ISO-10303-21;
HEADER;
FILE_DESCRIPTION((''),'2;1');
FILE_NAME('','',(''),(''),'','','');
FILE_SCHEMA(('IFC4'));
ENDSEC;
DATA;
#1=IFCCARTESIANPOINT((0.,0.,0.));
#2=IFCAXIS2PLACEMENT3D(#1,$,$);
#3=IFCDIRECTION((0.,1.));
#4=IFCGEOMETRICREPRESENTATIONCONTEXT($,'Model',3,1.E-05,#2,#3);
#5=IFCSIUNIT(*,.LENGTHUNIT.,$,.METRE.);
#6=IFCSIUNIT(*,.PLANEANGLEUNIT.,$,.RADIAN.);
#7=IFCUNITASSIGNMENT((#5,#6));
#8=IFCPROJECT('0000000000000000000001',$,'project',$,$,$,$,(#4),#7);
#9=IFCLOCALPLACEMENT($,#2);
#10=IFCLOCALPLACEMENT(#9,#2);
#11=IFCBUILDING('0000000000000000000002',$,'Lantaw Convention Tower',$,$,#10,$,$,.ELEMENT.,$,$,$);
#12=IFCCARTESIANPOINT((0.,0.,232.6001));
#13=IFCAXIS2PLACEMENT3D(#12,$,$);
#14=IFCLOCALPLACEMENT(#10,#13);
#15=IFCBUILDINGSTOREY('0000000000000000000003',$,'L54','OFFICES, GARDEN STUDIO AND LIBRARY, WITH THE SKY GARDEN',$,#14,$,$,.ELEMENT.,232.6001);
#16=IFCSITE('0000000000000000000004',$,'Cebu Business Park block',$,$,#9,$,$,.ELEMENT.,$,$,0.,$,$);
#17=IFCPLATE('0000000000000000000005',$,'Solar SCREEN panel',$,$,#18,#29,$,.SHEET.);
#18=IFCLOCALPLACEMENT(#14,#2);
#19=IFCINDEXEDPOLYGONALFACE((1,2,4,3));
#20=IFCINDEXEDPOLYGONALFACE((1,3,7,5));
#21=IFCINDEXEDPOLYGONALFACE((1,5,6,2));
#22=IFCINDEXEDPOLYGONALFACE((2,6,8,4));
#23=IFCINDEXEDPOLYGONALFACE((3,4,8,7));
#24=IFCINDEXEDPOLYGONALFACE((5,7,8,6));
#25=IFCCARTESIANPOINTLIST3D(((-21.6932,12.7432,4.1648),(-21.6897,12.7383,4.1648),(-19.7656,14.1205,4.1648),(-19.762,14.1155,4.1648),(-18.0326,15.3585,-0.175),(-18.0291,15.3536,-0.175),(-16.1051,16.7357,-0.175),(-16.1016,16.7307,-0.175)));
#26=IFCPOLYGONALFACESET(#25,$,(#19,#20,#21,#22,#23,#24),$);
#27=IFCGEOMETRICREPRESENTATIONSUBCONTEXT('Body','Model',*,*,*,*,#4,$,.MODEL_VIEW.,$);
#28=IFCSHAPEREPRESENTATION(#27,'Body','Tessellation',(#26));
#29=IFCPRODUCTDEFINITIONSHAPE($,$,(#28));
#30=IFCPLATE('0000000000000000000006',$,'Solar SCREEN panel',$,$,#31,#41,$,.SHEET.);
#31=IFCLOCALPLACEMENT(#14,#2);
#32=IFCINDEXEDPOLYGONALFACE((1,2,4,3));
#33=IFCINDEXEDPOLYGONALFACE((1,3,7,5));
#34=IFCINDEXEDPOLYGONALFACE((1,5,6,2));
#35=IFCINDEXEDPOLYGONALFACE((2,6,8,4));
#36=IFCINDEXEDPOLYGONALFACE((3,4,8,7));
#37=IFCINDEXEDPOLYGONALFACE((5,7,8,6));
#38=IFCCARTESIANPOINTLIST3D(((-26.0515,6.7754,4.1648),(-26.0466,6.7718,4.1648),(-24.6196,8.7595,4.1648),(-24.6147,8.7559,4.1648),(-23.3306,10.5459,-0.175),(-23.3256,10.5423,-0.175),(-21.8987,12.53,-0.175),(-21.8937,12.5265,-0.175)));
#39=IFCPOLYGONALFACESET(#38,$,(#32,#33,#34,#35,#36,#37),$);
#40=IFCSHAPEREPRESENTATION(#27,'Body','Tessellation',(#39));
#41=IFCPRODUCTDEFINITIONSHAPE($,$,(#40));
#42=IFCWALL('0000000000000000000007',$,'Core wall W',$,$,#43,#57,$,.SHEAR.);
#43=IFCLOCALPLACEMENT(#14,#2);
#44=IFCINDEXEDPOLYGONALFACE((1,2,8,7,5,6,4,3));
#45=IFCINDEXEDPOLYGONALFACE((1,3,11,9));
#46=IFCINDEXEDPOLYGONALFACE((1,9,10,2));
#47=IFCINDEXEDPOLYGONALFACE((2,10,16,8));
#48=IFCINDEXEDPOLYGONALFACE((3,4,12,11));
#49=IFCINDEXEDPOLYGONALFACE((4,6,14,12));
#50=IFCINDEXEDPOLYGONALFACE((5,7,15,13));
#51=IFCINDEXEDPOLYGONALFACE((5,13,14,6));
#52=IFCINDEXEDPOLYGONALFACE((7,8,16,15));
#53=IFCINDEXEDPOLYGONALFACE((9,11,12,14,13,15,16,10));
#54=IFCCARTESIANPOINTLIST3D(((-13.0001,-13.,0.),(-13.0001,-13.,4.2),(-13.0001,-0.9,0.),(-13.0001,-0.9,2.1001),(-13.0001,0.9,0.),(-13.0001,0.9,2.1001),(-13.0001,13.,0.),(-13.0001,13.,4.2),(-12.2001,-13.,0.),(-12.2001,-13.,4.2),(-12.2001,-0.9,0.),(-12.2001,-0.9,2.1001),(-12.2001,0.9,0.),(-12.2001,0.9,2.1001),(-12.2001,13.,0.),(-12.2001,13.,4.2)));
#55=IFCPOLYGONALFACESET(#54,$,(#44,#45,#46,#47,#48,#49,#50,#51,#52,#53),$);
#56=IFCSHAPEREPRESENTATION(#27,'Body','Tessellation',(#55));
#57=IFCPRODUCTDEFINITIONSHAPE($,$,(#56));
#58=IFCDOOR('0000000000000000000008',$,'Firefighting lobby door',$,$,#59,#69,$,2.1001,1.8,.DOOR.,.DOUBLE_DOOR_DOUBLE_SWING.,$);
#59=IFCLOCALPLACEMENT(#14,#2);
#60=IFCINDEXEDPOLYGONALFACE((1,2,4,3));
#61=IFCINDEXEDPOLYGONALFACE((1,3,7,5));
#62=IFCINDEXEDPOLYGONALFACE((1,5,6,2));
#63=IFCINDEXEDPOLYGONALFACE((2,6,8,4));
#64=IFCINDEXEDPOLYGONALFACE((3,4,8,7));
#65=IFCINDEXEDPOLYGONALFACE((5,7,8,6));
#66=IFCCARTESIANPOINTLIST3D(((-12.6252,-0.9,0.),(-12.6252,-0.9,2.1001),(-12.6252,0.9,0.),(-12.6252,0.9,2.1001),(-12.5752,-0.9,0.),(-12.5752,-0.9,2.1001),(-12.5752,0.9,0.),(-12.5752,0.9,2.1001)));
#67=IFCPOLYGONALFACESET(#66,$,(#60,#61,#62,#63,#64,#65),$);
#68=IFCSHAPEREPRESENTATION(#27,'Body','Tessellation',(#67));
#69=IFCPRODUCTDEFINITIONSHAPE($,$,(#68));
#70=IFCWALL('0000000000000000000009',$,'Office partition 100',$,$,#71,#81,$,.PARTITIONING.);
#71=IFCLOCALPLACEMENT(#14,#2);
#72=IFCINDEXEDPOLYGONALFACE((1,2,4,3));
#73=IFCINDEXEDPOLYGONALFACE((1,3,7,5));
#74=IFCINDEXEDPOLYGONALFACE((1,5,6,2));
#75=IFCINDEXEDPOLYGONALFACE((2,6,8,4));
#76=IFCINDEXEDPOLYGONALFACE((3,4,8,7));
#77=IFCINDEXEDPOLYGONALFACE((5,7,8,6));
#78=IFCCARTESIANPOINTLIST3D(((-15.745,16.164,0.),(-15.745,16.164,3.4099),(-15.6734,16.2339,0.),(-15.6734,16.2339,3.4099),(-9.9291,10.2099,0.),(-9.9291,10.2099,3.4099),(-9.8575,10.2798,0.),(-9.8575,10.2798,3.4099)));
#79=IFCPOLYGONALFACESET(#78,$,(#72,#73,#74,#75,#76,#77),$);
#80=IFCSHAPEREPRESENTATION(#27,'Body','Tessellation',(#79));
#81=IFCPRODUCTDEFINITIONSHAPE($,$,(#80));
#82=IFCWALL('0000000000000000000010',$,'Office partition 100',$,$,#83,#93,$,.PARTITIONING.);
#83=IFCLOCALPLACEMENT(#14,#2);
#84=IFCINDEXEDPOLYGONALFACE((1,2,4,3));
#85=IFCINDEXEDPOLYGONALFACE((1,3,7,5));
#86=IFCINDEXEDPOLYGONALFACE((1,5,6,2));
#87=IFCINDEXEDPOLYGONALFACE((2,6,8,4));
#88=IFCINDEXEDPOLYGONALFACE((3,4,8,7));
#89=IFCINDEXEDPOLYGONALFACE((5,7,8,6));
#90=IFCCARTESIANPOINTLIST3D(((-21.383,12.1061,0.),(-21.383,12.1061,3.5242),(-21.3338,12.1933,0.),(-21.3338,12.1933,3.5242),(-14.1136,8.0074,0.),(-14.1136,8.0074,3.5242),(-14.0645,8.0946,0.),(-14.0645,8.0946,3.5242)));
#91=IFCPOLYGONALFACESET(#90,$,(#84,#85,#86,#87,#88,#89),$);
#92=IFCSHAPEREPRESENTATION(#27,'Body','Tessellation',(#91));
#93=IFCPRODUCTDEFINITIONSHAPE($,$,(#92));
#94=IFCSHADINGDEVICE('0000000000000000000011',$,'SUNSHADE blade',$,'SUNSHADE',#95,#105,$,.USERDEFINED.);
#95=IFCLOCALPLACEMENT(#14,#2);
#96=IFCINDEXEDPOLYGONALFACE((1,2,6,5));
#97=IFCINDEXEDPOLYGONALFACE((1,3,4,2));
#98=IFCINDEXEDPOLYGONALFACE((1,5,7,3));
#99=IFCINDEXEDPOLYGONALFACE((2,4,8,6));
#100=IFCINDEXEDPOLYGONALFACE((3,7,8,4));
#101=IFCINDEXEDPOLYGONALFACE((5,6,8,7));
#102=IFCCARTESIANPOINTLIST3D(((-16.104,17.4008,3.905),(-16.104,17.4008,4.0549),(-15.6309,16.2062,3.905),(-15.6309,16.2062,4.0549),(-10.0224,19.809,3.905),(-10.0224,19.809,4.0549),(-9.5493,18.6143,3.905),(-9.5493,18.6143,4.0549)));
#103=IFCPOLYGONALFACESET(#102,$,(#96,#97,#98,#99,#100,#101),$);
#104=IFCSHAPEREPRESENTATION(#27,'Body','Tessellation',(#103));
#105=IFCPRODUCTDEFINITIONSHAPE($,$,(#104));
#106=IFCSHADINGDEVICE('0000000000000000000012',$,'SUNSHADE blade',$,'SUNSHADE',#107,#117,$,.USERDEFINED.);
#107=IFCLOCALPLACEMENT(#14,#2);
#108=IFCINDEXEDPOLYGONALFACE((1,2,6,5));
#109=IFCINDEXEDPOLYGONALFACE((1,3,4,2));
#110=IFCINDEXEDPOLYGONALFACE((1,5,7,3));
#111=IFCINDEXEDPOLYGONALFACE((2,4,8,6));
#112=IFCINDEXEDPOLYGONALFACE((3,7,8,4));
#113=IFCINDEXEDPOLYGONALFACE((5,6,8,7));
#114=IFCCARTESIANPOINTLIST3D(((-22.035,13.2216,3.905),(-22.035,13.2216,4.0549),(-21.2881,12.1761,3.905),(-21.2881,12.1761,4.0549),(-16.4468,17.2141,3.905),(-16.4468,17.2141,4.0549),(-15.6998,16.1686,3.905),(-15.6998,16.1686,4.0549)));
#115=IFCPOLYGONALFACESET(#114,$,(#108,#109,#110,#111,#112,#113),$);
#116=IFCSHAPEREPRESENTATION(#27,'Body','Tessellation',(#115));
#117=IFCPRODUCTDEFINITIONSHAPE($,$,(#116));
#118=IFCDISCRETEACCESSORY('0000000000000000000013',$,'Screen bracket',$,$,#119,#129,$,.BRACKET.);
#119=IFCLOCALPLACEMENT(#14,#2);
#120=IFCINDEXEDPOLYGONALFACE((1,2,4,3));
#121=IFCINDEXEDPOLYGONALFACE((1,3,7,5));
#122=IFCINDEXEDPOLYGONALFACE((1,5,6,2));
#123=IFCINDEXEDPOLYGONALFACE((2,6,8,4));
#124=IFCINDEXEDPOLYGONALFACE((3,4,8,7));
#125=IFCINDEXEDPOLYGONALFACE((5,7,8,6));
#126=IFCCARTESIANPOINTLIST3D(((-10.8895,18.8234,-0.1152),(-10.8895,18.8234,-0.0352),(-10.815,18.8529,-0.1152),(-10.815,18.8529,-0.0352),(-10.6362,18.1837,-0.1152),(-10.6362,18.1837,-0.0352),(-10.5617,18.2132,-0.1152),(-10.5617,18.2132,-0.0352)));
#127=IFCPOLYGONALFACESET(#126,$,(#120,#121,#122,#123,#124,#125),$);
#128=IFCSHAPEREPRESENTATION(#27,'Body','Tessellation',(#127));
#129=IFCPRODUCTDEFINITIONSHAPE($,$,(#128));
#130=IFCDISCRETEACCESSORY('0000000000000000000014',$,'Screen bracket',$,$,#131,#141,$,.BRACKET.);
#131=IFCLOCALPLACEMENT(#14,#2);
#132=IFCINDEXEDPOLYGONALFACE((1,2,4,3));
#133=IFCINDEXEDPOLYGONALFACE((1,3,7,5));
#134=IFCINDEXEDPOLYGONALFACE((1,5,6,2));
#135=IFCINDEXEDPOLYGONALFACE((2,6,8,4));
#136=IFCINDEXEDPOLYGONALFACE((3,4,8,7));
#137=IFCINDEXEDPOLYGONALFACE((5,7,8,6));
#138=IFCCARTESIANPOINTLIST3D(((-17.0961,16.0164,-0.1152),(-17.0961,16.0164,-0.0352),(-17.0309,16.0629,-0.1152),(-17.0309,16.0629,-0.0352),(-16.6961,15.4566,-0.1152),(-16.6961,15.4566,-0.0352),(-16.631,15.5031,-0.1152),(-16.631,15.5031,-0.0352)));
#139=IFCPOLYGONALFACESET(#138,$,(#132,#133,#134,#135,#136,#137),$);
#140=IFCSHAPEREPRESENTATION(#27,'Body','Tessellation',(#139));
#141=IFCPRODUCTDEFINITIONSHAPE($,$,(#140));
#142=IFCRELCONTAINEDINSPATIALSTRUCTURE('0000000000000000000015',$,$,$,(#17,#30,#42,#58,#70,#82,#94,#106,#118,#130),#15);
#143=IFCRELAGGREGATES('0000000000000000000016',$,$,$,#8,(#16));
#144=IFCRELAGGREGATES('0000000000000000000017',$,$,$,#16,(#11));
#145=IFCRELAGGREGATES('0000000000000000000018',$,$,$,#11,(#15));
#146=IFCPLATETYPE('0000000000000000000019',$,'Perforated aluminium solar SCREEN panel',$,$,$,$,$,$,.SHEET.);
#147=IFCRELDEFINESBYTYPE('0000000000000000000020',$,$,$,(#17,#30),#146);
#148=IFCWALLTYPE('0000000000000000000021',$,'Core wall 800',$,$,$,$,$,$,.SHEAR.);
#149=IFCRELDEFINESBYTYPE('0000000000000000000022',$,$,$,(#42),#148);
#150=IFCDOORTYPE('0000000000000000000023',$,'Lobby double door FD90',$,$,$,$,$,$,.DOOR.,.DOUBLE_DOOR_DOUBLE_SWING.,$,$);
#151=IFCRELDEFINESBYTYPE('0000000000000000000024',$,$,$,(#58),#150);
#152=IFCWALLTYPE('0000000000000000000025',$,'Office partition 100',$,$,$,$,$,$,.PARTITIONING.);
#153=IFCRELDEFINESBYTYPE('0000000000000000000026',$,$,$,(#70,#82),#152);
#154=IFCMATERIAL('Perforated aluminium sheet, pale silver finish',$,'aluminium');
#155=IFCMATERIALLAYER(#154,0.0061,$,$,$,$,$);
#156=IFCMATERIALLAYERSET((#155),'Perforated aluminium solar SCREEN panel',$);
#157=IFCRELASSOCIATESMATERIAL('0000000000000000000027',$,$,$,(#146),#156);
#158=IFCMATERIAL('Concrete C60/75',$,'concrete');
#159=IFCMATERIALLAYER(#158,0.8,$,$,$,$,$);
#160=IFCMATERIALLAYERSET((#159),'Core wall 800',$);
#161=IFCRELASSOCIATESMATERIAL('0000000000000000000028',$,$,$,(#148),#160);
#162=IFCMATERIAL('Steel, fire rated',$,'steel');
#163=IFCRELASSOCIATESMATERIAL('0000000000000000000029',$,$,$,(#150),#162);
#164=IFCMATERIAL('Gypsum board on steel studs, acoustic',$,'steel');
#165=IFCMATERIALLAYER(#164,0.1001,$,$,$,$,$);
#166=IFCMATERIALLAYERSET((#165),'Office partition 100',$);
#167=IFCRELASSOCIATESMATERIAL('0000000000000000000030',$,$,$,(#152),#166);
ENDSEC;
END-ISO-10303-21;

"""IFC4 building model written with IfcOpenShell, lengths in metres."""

from ifc_helpers import new_model, si_unit, direction, frame, frame_2d, origin, origin_2d, place, context, subcontext, project, spatial, polyline, rectangle, outline, extrude, material, layer, layer_set, type_object, element, fill, save


model = new_model("IFC4")

# Units and contexts
model_context = context("Model", 3, precision=1e-05, world=origin(), true_north=direction((0.0, 1.0)))
body_context = subcontext(model_context, "Body", "Model", "MODEL_VIEW")
ifc_project = project(units=[si_unit("LENGTHUNIT", "METRE"), si_unit("PLANEANGLEUNIT", "RADIAN")], contexts=[model_context])

# Site, building, storey
site_placement = place(None, origin())
site = spatial("IfcSite", under=ifc_project, at=site_placement, Name="Cebu Business Park block", CompositionType="ELEMENT", RefElevation=0.0)
building_placement = place(site_placement, origin())
building = spatial("IfcBuilding", under=site, at=building_placement, Name="Lantaw Convention Tower", CompositionType="ELEMENT")
storey_placement = place(building_placement, frame((0.0, 0.0, 232.6001)))
storey = spatial("IfcBuildingStorey", under=building, at=storey_placement, Name="L54", Description="OFFICES, GARDEN STUDIO AND LIBRARY, WITH THE SKY GARDEN", CompositionType="ELEMENT", Elevation=232.6001)

# Shared definitions
ifc_material_1 = material(Name="Concrete C60/75", Category="concrete")

# Plates
ifc_material_2 = material(Name="Perforated aluminium sheet, pale silver finish", Category="aluminium")
ifc_layer_1 = layer(ifc_material_2, 0.0061)
ifc_layer_set_1 = layer_set([ifc_layer_1], Name="Perforated aluminium solar SCREEN panel")
plate_type_1 = type_object("IfcPlateType", Name="Perforated aluminium solar SCREEN panel", PredefinedType="SHEET", material=ifc_layer_set_1)
plate_1_placement = place(storey_placement, frame((-16.1016, 16.7307, -0.175), z_axis=(0.581331, -0.813667, 0.00001), x_axis=(-0.813667, -0.581331, 0.0)))
element("IfcPlate", 1, at=plate_1_placement, inside=storey, type_object=plate_type_1, Name="Solar SCREEN panel", PredefinedType="SHEET", context=body_context, shape_type="SweptSolid", body=[
    extrude(outline(polyline([(0.0, 0.0), (2.3689, 0.0), (6.8678, -4.3398), (4.4987, -4.3398), (0.0, 0.0)])), origin(), (0.0, 0.0, -1.0), 0.0061),
])
plate_2_placement = place(storey_placement, frame((-21.8987, 12.53, -0.175), z_axis=(-0.810892, 0.585195, 0.00002), x_axis=(-0.585195, -0.810892, 0.0)))
element("IfcPlate", 2, at=plate_2_placement, inside=storey, type_object=plate_type_1, Name="Solar SCREEN panel", PredefinedType="SHEET", context=body_context, shape_type="SweptSolid", body=[
    extrude(outline(polyline([(0.0, 0.0), (2.4468, 0.0), (7.0966, 4.3398), (4.6498, 4.3398), (0.0, 0.0)])), origin(), (0.0, 0.0, -1.0), 0.0061),
])

# Wall, opening, door
ifc_layer_2 = layer(ifc_material_1, 0.8)
ifc_layer_set_2 = layer_set([ifc_layer_2], Name="Core wall 800")
wall_type_1 = type_object("IfcWallType", Name="Core wall 800", PredefinedType="SHEAR", material=ifc_layer_set_2)
wall_1_placement = place(storey_placement, frame((-12.6001, 13.0, 0.0), z_axis=(0.0, 0.0, 1.0), x_axis=(0.0, -1.0, 0.0)))
wall_1 = element("IfcWall", 3, at=wall_1_placement, inside=storey, type_object=wall_type_1, Name="Core wall W", PredefinedType="SHEAR", context=body_context, shape_type="SweptSolid", body=[
    extrude(rectangle(XDim=26.0, YDim=0.8, at=frame_2d((13.0, 0.0))), origin(), (0.0, 0.0, 1.0), 4.2),
])
opening_placement = place(wall_1_placement, frame((12.1001, 0.0, 0.0)))
opening = element("IfcOpeningElement", 4, at=opening_placement, cuts=wall_1, PredefinedType="OPENING", context=body_context, shape_type="SweptSolid", body=[
    extrude(rectangle(XDim=1.8, YDim=2.1001, at=frame_2d((0.8999, 1.05))), frame((0.0, 0.4099, 0.0), z_axis=(0.0, -1.0, 0.0), x_axis=(1.0, 0.0, 0.0)), (0.0, 0.0, 1.0), 0.8201),
])
ifc_material_3 = material(Name="Steel, fire rated", Category="steel")
door_type = type_object("IfcDoorType", Name="Lobby double door FD90", OperationType="DOUBLE_DOOR_DOUBLE_SWING", PredefinedType="DOOR", material=ifc_material_3)
door_placement = place(opening_placement, origin())
door = element("IfcDoor", 5, at=door_placement, inside=storey, type_object=door_type, Name="Firefighting lobby door", OperationType="DOUBLE_DOOR_DOUBLE_SWING", OverallHeight=2.1001, OverallWidth=1.8, PredefinedType="DOOR", context=body_context, shape_type="SweptSolid", body=[
    extrude(rectangle(XDim=1.8, YDim=2.1001, at=frame_2d((0.8999, 1.05))), frame((0.0, 0.0249, 0.0), z_axis=(0.0, -1.0, 0.0), x_axis=(1.0, 0.0, 0.0)), (0.0, 0.0, 1.0), 0.05),
])
fill(opening, door)

# Walls
ifc_material_4 = material(Name="Gypsum board on steel studs, acoustic", Category="steel")
ifc_layer_3 = layer(ifc_material_4, 0.1001)
ifc_layer_set_3 = layer_set([ifc_layer_3], Name="Office partition 100")
wall_type_2 = type_object("IfcWallType", Name="Office partition 100", PredefinedType="PARTITIONING", material=ifc_layer_set_3)
wall_2_placement = place(storey_placement, frame((-15.7092, 16.199, 0.0), z_axis=(0.0, 0.0, 1.0), x_axis=(0.698757, -0.715359, 0.0)))
element("IfcWall", 6, at=wall_2_placement, inside=storey, type_object=wall_type_2, Name="Office partition 100", PredefinedType="PARTITIONING", context=body_context, shape_type="SweptSolid", body=[
    extrude(rectangle(XDim=8.3232, YDim=0.1001, at=frame_2d((4.1616, 0.0))), origin(), (0.0, 0.0, 1.0), 3.4099),
])
wall_3_placement = place(storey_placement, frame((-21.3584, 12.1497, 0.0), z_axis=(0.0, 0.0, 1.0), x_axis=(0.871081, -0.49114, 0.0)))
element("IfcWall", 7, at=wall_3_placement, inside=storey, type_object=wall_type_2, Name="Office partition 100", PredefinedType="PARTITIONING", context=body_context, shape_type="SweptSolid", body=[
    extrude(rectangle(XDim=8.3452, YDim=0.1001, at=frame_2d((4.1726, 0.0))), origin(), (0.0, 0.0, 1.0), 3.5242),
])

# Shading devices
shading_device_1_placement = place(storey_placement, frame((-12.8267, 18.0076, 3.905), z_axis=(0.0, 0.0, 1.0), x_axis=(-0.929762, -0.368162, 0.0)))
element("IfcShadingDevice", 8, at=shading_device_1_placement, inside=storey, Name="SUNSHADE blade", ObjectType="SUNSHADE", PredefinedType="USERDEFINED", context=body_context, shape_type="SweptSolid", body=[
    extrude(rectangle(XDim=6.541, YDim=1.2849, at=origin_2d()), origin(), (0.0, 0.0, 1.0), 0.1499),
])
shading_device_2_placement = place(storey_placement, frame((-18.8674, 14.6951, 3.905), z_axis=(0.0, 0.0, 1.0), x_axis=(-0.813673, -0.581323, 0.0)))
element("IfcShadingDevice", 9, at=shading_device_2_placement, inside=storey, Name="SUNSHADE blade", ObjectType="SUNSHADE", PredefinedType="USERDEFINED", context=body_context, shape_type="SweptSolid", body=[
    extrude(rectangle(XDim=6.8679, YDim=1.2849, at=origin_2d()), origin(), (0.0, 0.0, 1.0), 0.1499),
])

# Discrete accessories
for number, where, z_axis, x_axis, name in (
    (10, (-10.7256, 18.5183, -0.1152), (0.0, 0.0, 1.0), (-0.929762, -0.368162, 0.0), "Screen bracket"),
    (11, (-16.8635, 15.7598, -0.1152), (0.0, 0.0, 1.0), (-0.813673, -0.581323, 0.0), "Screen bracket"),
):
    element("IfcDiscreteAccessory", number, at=place(storey_placement, frame(where, z_axis=z_axis, x_axis=x_axis)), inside=storey, Name=name, PredefinedType="BRACKET", context=body_context, shape_type="SweptSolid", body=[
        extrude(rectangle(XDim=0.0801, YDim=0.688, at=origin_2d()), origin(), (0.0, 0.0, 1.0), 0.0801),
    ])

save(model, "model.ifc")
